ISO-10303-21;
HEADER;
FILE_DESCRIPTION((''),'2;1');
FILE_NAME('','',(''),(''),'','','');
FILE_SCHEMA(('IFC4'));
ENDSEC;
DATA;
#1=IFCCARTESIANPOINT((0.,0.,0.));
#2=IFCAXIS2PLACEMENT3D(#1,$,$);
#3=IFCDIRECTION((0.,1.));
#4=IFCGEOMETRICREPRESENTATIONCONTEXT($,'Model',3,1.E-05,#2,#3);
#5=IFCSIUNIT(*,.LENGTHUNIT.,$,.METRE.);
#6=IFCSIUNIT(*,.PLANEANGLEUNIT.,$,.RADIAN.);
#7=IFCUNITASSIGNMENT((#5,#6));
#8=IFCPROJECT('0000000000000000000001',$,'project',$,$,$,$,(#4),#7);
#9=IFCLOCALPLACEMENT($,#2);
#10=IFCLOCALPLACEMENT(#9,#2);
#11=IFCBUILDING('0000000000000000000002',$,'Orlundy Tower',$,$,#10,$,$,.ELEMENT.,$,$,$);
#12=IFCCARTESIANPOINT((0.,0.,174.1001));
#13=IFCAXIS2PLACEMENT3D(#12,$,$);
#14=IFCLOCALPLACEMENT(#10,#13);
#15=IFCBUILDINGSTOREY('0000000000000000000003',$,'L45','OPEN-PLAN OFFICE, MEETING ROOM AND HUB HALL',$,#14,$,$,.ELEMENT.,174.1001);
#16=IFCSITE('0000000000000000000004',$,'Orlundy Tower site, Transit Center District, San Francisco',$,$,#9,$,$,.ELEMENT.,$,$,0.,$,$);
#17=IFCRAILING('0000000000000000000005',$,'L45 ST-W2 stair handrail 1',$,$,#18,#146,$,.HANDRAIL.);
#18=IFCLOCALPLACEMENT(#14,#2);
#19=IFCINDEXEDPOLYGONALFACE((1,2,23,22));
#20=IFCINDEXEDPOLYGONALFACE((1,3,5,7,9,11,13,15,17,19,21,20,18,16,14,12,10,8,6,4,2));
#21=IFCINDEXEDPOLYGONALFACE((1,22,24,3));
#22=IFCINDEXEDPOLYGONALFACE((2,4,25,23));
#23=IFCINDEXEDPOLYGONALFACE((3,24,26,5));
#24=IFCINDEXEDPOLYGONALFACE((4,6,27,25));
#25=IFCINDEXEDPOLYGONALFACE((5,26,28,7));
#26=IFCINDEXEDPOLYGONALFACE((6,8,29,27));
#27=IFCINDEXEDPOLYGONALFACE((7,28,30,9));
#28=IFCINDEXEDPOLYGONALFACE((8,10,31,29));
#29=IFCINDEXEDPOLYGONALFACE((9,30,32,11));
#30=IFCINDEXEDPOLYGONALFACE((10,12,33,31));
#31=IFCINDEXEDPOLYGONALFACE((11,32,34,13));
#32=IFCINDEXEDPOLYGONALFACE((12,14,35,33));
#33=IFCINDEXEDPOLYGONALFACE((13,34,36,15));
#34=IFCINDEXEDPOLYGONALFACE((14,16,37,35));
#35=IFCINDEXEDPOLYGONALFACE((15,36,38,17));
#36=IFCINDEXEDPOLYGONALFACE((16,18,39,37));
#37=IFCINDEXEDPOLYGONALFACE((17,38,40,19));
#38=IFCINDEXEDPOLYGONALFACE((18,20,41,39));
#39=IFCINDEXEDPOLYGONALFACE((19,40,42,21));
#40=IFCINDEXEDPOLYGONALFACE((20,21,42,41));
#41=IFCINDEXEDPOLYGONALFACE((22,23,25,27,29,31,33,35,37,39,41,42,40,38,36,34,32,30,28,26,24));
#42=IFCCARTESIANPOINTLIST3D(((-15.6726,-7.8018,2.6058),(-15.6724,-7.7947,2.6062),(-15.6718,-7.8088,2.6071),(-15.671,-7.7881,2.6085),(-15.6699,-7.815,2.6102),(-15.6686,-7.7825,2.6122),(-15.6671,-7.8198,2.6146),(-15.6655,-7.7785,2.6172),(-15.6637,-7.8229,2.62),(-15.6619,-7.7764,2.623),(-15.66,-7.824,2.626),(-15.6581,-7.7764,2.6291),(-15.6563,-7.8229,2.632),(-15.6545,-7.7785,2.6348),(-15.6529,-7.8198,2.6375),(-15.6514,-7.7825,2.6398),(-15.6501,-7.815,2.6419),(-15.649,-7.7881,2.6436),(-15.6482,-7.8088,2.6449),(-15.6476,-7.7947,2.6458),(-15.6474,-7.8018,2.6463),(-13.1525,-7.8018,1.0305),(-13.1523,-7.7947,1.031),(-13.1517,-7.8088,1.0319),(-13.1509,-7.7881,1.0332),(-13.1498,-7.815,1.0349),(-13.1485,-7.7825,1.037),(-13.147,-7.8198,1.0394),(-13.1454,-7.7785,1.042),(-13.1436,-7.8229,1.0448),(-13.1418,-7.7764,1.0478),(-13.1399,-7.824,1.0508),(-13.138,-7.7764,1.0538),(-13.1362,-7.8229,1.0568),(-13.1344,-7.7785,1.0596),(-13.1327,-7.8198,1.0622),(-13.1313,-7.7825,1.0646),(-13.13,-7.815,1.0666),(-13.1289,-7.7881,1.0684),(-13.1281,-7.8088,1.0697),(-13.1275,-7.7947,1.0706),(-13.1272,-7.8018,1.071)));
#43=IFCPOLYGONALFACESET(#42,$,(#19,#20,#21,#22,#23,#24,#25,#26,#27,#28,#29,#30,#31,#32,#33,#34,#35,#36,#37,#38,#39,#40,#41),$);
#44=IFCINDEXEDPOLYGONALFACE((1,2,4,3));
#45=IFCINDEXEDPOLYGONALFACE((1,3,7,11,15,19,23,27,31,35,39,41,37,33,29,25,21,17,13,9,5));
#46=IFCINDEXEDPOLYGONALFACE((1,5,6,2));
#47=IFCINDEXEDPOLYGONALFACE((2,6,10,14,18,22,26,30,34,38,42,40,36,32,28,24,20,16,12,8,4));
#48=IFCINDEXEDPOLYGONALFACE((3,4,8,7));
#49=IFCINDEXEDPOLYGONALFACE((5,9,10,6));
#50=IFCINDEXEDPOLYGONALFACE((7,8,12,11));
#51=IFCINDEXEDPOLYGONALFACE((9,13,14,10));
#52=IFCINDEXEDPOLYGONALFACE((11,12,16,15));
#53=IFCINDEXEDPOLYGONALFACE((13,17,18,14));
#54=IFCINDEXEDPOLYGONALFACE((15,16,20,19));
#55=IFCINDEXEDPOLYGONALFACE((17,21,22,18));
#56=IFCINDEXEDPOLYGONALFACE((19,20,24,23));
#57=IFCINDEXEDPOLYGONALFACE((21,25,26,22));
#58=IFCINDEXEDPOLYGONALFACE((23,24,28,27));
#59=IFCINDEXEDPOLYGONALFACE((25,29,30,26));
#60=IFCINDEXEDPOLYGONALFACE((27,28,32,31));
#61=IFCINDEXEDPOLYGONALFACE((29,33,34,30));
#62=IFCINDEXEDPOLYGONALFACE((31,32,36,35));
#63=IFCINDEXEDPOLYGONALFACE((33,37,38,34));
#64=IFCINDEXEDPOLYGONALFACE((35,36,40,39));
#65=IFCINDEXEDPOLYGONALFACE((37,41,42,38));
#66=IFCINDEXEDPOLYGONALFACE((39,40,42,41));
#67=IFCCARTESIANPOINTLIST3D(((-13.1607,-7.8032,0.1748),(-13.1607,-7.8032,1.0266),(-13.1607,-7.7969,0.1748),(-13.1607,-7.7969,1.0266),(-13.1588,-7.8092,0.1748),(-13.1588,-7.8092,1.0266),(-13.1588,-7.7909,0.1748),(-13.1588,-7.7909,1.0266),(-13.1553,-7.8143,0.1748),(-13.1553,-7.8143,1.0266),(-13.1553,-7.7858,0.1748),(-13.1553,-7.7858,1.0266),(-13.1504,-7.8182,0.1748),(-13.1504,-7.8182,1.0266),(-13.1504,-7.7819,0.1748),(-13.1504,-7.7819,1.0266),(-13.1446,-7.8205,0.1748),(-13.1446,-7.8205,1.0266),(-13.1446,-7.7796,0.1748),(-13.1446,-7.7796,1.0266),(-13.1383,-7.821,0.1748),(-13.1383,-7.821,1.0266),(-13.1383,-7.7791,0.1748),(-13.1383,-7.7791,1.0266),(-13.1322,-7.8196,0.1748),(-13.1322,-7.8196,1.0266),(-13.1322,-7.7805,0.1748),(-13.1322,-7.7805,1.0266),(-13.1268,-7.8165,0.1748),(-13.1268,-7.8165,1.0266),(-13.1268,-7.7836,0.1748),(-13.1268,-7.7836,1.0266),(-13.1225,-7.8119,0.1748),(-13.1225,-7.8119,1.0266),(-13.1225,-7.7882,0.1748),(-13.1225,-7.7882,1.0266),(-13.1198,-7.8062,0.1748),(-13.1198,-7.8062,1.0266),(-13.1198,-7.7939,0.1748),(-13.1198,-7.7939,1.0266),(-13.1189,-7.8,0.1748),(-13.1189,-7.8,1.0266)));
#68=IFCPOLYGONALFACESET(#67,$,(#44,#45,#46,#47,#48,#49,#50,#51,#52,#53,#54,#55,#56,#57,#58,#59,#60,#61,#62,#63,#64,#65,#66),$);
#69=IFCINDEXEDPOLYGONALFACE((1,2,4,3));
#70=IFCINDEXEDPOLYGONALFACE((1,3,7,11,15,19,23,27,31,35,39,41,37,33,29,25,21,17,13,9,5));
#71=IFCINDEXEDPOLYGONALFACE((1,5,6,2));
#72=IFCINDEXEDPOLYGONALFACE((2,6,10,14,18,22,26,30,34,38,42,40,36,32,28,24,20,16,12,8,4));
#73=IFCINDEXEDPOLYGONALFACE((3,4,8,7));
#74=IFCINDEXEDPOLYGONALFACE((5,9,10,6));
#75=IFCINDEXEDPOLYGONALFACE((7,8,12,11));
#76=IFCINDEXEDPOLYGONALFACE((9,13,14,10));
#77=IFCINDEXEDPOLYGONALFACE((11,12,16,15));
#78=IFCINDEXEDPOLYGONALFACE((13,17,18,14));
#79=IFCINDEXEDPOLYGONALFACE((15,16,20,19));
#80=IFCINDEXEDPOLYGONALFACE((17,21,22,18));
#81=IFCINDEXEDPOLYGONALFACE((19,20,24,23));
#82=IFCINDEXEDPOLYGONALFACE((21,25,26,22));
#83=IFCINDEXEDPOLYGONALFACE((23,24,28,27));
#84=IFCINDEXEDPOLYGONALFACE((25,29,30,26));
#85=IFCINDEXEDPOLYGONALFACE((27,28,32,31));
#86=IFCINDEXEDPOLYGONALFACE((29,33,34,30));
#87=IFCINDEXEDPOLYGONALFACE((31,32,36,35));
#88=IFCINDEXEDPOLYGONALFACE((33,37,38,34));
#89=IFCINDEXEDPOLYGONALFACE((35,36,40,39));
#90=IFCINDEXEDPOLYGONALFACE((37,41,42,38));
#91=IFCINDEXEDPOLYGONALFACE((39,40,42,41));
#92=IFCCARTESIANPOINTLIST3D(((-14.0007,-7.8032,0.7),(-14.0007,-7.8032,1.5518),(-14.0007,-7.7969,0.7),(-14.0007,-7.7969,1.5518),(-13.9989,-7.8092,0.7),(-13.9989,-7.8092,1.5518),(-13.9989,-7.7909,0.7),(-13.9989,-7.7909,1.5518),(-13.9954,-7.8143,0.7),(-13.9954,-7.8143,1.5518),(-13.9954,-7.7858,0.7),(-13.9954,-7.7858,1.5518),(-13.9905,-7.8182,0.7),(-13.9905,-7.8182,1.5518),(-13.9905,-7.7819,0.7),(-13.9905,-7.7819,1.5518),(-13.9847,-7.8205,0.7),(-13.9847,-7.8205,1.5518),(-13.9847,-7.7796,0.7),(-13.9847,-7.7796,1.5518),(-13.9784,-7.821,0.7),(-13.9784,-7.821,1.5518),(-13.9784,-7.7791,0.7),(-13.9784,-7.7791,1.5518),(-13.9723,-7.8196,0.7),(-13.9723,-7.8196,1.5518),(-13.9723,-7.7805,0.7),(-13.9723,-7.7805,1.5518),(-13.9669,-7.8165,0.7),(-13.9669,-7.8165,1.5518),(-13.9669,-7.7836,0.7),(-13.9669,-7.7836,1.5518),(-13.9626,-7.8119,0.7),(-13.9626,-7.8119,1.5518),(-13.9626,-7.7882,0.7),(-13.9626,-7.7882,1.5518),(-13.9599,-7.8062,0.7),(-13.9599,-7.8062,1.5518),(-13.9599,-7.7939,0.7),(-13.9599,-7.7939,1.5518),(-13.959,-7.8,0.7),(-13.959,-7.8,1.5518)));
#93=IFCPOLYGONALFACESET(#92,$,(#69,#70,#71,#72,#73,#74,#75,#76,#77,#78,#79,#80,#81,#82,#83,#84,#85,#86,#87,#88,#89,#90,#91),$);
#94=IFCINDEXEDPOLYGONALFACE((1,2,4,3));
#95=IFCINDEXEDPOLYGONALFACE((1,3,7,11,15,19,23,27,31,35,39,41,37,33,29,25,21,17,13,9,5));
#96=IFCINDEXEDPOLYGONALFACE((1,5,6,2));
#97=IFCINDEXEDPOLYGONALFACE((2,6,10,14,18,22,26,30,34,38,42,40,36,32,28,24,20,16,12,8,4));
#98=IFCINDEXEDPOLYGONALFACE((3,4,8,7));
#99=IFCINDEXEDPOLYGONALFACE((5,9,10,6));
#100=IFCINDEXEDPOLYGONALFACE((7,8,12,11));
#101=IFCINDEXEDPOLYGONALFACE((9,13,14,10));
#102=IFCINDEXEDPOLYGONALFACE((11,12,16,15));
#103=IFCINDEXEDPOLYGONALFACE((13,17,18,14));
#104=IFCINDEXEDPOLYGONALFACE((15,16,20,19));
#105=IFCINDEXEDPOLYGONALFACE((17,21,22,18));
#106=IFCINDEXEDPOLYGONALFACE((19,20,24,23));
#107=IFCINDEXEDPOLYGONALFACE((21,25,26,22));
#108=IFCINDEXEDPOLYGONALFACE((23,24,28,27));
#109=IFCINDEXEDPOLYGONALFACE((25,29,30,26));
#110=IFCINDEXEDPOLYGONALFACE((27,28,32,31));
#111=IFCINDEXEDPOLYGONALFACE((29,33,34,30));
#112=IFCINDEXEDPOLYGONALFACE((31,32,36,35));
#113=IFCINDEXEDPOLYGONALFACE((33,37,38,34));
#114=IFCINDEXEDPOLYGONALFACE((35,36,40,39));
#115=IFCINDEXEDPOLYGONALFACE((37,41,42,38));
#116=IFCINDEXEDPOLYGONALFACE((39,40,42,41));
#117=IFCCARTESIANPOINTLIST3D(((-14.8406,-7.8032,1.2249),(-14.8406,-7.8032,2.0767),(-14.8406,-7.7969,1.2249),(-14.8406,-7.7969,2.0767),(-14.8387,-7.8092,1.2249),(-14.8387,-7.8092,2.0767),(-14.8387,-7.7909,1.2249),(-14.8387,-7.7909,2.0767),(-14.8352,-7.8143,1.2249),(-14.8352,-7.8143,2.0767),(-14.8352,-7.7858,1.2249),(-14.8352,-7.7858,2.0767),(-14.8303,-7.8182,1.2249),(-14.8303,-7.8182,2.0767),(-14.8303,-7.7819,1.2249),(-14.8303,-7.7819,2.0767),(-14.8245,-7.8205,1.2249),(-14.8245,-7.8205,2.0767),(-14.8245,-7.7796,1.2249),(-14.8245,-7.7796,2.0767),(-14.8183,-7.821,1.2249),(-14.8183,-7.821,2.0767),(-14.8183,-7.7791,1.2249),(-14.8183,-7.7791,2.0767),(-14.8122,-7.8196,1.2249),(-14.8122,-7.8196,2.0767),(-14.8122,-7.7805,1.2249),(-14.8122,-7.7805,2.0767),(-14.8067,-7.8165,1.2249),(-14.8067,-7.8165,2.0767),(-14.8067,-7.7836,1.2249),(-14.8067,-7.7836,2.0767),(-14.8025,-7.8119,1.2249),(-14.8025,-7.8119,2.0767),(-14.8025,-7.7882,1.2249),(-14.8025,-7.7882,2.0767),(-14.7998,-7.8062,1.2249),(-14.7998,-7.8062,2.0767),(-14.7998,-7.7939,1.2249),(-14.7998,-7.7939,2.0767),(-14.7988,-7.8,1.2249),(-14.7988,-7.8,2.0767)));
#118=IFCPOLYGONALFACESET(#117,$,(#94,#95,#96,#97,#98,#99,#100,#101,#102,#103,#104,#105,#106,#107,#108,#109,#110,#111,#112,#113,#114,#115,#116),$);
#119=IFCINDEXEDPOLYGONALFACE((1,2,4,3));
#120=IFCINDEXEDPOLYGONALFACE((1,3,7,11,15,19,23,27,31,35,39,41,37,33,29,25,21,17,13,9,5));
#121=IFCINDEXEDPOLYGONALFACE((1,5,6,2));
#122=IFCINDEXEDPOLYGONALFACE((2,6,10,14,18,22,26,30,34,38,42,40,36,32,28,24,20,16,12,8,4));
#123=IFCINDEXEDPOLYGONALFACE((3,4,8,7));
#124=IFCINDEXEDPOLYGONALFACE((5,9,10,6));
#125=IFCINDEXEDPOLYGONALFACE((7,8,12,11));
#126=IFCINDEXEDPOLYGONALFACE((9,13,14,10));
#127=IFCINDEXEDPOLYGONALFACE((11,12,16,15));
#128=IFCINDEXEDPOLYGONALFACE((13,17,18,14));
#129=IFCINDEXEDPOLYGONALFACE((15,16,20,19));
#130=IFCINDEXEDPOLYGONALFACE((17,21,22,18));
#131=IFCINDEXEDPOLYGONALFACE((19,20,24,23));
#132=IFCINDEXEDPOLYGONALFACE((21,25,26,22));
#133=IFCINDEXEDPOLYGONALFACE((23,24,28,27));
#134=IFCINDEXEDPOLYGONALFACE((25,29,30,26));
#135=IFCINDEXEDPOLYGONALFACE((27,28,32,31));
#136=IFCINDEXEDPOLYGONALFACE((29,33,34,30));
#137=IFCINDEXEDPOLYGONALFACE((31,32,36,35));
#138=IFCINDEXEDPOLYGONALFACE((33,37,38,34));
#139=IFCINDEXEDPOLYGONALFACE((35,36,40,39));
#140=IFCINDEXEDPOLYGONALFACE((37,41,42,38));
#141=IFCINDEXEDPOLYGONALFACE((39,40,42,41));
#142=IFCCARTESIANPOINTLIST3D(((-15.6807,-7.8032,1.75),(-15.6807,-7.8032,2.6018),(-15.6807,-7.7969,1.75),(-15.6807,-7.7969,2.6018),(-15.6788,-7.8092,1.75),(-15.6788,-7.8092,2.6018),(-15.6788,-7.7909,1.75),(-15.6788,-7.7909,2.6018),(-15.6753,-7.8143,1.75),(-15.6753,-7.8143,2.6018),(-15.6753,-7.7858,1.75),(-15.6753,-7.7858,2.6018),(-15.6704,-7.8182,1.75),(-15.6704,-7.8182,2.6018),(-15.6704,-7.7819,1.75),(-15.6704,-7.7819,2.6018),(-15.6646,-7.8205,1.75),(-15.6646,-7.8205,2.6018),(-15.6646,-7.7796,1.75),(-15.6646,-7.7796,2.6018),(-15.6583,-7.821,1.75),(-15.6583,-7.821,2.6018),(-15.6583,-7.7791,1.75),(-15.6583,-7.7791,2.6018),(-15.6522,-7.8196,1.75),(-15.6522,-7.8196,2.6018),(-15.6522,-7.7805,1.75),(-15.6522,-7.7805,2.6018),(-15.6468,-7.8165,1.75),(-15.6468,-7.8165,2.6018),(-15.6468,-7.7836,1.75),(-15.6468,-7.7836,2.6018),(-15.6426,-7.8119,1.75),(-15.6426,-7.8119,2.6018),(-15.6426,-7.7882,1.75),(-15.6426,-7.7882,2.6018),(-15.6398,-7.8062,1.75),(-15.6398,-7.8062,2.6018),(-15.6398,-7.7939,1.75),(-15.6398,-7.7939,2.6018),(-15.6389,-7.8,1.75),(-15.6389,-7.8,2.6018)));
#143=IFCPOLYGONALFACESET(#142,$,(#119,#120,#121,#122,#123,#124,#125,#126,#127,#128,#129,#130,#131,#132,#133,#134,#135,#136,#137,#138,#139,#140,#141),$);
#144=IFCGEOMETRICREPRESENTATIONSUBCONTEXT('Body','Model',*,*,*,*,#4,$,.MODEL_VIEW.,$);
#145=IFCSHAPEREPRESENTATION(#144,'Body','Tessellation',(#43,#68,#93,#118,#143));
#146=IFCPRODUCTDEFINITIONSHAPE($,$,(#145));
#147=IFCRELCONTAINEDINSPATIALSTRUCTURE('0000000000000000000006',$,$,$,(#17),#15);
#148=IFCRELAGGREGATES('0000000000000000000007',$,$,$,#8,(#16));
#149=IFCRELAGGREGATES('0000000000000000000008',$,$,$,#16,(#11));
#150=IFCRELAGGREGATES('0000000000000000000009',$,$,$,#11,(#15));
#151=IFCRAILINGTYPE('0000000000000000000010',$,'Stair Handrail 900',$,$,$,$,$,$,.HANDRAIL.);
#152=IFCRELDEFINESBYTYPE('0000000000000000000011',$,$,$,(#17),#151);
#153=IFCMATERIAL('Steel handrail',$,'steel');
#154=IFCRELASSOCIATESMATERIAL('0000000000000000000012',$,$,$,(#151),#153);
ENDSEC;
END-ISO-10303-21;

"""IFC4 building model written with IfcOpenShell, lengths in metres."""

from ifc_helpers import new_model, si_unit, direction, frame, origin, origin_2d, place, context, subcontext, project, spatial, circle, extrude, material, type_object, element, save


model = new_model("IFC4")

# Units and contexts
model_context = context("Model", 3, precision=1e-05, world=origin(), true_north=direction((0.0, 1.0)))
body_context = subcontext(model_context, "Body", "Model", "MODEL_VIEW")
ifc_project = project(units=[si_unit("LENGTHUNIT", "METRE"), si_unit("PLANEANGLEUNIT", "RADIAN")], contexts=[model_context])

# Site, building, storey
site_placement = place(None, origin())
site = spatial("IfcSite", under=ifc_project, at=site_placement, Name="Orlundy Tower site, Transit Center District, San Francisco", CompositionType="ELEMENT", RefElevation=0.0)
building_placement = place(site_placement, origin())
building = spatial("IfcBuilding", under=site, at=building_placement, Name="Orlundy Tower", CompositionType="ELEMENT")
storey_placement = place(building_placement, frame((0.0, 0.0, 174.1001)))
storey = spatial("IfcBuildingStorey", under=building, at=storey_placement, Name="L45", Description="OPEN-PLAN OFFICE, MEETING ROOM AND HUB HALL", CompositionType="ELEMENT", Elevation=174.1001)

# Railing
ifc_material_1 = material(Name="Steel handrail", Category="steel")
railing_type_1 = type_object("IfcRailingType", Name="Stair Handrail 900", PredefinedType="HANDRAIL", material=ifc_material_1)
railing_1_placement = place(storey_placement, frame((-13.1399, -7.8, 0.1748)))
element("IfcRailing", 1, at=railing_1_placement, inside=storey, type_object=railing_type_1, Name="L45 ST-W2 stair handrail 1", PredefinedType="HANDRAIL", context=body_context, shape_type="SweptSolid", body=[
    extrude(circle(Radius=0.0239, at=origin_2d()), frame((0.0, 0.0, 0.876), z_axis=(-0.847971, 0.0, 0.530043), x_axis=(0.0, -1.0, 0.0)), (0.0, 0.0, 1.0), 2.9719),
    extrude(circle(Radius=0.021, at=origin_2d()), origin(), (0.0, 0.0, 1.0), 0.8518),
    extrude(circle(Radius=0.021, at=origin_2d()), frame((-0.8401, 0.0, 0.5251)), (0.0, 0.0, 1.0), 0.8518),
    extrude(circle(Radius=0.021, at=origin_2d()), frame((-1.6799, 0.0, 1.05)), (0.0, 0.0, 1.0), 0.8518),
    extrude(circle(Radius=0.021, at=origin_2d()), frame((-2.52, 0.0, 1.5752)), (0.0, 0.0, 1.0), 0.8518),
])

save(model, "model.ifc")
